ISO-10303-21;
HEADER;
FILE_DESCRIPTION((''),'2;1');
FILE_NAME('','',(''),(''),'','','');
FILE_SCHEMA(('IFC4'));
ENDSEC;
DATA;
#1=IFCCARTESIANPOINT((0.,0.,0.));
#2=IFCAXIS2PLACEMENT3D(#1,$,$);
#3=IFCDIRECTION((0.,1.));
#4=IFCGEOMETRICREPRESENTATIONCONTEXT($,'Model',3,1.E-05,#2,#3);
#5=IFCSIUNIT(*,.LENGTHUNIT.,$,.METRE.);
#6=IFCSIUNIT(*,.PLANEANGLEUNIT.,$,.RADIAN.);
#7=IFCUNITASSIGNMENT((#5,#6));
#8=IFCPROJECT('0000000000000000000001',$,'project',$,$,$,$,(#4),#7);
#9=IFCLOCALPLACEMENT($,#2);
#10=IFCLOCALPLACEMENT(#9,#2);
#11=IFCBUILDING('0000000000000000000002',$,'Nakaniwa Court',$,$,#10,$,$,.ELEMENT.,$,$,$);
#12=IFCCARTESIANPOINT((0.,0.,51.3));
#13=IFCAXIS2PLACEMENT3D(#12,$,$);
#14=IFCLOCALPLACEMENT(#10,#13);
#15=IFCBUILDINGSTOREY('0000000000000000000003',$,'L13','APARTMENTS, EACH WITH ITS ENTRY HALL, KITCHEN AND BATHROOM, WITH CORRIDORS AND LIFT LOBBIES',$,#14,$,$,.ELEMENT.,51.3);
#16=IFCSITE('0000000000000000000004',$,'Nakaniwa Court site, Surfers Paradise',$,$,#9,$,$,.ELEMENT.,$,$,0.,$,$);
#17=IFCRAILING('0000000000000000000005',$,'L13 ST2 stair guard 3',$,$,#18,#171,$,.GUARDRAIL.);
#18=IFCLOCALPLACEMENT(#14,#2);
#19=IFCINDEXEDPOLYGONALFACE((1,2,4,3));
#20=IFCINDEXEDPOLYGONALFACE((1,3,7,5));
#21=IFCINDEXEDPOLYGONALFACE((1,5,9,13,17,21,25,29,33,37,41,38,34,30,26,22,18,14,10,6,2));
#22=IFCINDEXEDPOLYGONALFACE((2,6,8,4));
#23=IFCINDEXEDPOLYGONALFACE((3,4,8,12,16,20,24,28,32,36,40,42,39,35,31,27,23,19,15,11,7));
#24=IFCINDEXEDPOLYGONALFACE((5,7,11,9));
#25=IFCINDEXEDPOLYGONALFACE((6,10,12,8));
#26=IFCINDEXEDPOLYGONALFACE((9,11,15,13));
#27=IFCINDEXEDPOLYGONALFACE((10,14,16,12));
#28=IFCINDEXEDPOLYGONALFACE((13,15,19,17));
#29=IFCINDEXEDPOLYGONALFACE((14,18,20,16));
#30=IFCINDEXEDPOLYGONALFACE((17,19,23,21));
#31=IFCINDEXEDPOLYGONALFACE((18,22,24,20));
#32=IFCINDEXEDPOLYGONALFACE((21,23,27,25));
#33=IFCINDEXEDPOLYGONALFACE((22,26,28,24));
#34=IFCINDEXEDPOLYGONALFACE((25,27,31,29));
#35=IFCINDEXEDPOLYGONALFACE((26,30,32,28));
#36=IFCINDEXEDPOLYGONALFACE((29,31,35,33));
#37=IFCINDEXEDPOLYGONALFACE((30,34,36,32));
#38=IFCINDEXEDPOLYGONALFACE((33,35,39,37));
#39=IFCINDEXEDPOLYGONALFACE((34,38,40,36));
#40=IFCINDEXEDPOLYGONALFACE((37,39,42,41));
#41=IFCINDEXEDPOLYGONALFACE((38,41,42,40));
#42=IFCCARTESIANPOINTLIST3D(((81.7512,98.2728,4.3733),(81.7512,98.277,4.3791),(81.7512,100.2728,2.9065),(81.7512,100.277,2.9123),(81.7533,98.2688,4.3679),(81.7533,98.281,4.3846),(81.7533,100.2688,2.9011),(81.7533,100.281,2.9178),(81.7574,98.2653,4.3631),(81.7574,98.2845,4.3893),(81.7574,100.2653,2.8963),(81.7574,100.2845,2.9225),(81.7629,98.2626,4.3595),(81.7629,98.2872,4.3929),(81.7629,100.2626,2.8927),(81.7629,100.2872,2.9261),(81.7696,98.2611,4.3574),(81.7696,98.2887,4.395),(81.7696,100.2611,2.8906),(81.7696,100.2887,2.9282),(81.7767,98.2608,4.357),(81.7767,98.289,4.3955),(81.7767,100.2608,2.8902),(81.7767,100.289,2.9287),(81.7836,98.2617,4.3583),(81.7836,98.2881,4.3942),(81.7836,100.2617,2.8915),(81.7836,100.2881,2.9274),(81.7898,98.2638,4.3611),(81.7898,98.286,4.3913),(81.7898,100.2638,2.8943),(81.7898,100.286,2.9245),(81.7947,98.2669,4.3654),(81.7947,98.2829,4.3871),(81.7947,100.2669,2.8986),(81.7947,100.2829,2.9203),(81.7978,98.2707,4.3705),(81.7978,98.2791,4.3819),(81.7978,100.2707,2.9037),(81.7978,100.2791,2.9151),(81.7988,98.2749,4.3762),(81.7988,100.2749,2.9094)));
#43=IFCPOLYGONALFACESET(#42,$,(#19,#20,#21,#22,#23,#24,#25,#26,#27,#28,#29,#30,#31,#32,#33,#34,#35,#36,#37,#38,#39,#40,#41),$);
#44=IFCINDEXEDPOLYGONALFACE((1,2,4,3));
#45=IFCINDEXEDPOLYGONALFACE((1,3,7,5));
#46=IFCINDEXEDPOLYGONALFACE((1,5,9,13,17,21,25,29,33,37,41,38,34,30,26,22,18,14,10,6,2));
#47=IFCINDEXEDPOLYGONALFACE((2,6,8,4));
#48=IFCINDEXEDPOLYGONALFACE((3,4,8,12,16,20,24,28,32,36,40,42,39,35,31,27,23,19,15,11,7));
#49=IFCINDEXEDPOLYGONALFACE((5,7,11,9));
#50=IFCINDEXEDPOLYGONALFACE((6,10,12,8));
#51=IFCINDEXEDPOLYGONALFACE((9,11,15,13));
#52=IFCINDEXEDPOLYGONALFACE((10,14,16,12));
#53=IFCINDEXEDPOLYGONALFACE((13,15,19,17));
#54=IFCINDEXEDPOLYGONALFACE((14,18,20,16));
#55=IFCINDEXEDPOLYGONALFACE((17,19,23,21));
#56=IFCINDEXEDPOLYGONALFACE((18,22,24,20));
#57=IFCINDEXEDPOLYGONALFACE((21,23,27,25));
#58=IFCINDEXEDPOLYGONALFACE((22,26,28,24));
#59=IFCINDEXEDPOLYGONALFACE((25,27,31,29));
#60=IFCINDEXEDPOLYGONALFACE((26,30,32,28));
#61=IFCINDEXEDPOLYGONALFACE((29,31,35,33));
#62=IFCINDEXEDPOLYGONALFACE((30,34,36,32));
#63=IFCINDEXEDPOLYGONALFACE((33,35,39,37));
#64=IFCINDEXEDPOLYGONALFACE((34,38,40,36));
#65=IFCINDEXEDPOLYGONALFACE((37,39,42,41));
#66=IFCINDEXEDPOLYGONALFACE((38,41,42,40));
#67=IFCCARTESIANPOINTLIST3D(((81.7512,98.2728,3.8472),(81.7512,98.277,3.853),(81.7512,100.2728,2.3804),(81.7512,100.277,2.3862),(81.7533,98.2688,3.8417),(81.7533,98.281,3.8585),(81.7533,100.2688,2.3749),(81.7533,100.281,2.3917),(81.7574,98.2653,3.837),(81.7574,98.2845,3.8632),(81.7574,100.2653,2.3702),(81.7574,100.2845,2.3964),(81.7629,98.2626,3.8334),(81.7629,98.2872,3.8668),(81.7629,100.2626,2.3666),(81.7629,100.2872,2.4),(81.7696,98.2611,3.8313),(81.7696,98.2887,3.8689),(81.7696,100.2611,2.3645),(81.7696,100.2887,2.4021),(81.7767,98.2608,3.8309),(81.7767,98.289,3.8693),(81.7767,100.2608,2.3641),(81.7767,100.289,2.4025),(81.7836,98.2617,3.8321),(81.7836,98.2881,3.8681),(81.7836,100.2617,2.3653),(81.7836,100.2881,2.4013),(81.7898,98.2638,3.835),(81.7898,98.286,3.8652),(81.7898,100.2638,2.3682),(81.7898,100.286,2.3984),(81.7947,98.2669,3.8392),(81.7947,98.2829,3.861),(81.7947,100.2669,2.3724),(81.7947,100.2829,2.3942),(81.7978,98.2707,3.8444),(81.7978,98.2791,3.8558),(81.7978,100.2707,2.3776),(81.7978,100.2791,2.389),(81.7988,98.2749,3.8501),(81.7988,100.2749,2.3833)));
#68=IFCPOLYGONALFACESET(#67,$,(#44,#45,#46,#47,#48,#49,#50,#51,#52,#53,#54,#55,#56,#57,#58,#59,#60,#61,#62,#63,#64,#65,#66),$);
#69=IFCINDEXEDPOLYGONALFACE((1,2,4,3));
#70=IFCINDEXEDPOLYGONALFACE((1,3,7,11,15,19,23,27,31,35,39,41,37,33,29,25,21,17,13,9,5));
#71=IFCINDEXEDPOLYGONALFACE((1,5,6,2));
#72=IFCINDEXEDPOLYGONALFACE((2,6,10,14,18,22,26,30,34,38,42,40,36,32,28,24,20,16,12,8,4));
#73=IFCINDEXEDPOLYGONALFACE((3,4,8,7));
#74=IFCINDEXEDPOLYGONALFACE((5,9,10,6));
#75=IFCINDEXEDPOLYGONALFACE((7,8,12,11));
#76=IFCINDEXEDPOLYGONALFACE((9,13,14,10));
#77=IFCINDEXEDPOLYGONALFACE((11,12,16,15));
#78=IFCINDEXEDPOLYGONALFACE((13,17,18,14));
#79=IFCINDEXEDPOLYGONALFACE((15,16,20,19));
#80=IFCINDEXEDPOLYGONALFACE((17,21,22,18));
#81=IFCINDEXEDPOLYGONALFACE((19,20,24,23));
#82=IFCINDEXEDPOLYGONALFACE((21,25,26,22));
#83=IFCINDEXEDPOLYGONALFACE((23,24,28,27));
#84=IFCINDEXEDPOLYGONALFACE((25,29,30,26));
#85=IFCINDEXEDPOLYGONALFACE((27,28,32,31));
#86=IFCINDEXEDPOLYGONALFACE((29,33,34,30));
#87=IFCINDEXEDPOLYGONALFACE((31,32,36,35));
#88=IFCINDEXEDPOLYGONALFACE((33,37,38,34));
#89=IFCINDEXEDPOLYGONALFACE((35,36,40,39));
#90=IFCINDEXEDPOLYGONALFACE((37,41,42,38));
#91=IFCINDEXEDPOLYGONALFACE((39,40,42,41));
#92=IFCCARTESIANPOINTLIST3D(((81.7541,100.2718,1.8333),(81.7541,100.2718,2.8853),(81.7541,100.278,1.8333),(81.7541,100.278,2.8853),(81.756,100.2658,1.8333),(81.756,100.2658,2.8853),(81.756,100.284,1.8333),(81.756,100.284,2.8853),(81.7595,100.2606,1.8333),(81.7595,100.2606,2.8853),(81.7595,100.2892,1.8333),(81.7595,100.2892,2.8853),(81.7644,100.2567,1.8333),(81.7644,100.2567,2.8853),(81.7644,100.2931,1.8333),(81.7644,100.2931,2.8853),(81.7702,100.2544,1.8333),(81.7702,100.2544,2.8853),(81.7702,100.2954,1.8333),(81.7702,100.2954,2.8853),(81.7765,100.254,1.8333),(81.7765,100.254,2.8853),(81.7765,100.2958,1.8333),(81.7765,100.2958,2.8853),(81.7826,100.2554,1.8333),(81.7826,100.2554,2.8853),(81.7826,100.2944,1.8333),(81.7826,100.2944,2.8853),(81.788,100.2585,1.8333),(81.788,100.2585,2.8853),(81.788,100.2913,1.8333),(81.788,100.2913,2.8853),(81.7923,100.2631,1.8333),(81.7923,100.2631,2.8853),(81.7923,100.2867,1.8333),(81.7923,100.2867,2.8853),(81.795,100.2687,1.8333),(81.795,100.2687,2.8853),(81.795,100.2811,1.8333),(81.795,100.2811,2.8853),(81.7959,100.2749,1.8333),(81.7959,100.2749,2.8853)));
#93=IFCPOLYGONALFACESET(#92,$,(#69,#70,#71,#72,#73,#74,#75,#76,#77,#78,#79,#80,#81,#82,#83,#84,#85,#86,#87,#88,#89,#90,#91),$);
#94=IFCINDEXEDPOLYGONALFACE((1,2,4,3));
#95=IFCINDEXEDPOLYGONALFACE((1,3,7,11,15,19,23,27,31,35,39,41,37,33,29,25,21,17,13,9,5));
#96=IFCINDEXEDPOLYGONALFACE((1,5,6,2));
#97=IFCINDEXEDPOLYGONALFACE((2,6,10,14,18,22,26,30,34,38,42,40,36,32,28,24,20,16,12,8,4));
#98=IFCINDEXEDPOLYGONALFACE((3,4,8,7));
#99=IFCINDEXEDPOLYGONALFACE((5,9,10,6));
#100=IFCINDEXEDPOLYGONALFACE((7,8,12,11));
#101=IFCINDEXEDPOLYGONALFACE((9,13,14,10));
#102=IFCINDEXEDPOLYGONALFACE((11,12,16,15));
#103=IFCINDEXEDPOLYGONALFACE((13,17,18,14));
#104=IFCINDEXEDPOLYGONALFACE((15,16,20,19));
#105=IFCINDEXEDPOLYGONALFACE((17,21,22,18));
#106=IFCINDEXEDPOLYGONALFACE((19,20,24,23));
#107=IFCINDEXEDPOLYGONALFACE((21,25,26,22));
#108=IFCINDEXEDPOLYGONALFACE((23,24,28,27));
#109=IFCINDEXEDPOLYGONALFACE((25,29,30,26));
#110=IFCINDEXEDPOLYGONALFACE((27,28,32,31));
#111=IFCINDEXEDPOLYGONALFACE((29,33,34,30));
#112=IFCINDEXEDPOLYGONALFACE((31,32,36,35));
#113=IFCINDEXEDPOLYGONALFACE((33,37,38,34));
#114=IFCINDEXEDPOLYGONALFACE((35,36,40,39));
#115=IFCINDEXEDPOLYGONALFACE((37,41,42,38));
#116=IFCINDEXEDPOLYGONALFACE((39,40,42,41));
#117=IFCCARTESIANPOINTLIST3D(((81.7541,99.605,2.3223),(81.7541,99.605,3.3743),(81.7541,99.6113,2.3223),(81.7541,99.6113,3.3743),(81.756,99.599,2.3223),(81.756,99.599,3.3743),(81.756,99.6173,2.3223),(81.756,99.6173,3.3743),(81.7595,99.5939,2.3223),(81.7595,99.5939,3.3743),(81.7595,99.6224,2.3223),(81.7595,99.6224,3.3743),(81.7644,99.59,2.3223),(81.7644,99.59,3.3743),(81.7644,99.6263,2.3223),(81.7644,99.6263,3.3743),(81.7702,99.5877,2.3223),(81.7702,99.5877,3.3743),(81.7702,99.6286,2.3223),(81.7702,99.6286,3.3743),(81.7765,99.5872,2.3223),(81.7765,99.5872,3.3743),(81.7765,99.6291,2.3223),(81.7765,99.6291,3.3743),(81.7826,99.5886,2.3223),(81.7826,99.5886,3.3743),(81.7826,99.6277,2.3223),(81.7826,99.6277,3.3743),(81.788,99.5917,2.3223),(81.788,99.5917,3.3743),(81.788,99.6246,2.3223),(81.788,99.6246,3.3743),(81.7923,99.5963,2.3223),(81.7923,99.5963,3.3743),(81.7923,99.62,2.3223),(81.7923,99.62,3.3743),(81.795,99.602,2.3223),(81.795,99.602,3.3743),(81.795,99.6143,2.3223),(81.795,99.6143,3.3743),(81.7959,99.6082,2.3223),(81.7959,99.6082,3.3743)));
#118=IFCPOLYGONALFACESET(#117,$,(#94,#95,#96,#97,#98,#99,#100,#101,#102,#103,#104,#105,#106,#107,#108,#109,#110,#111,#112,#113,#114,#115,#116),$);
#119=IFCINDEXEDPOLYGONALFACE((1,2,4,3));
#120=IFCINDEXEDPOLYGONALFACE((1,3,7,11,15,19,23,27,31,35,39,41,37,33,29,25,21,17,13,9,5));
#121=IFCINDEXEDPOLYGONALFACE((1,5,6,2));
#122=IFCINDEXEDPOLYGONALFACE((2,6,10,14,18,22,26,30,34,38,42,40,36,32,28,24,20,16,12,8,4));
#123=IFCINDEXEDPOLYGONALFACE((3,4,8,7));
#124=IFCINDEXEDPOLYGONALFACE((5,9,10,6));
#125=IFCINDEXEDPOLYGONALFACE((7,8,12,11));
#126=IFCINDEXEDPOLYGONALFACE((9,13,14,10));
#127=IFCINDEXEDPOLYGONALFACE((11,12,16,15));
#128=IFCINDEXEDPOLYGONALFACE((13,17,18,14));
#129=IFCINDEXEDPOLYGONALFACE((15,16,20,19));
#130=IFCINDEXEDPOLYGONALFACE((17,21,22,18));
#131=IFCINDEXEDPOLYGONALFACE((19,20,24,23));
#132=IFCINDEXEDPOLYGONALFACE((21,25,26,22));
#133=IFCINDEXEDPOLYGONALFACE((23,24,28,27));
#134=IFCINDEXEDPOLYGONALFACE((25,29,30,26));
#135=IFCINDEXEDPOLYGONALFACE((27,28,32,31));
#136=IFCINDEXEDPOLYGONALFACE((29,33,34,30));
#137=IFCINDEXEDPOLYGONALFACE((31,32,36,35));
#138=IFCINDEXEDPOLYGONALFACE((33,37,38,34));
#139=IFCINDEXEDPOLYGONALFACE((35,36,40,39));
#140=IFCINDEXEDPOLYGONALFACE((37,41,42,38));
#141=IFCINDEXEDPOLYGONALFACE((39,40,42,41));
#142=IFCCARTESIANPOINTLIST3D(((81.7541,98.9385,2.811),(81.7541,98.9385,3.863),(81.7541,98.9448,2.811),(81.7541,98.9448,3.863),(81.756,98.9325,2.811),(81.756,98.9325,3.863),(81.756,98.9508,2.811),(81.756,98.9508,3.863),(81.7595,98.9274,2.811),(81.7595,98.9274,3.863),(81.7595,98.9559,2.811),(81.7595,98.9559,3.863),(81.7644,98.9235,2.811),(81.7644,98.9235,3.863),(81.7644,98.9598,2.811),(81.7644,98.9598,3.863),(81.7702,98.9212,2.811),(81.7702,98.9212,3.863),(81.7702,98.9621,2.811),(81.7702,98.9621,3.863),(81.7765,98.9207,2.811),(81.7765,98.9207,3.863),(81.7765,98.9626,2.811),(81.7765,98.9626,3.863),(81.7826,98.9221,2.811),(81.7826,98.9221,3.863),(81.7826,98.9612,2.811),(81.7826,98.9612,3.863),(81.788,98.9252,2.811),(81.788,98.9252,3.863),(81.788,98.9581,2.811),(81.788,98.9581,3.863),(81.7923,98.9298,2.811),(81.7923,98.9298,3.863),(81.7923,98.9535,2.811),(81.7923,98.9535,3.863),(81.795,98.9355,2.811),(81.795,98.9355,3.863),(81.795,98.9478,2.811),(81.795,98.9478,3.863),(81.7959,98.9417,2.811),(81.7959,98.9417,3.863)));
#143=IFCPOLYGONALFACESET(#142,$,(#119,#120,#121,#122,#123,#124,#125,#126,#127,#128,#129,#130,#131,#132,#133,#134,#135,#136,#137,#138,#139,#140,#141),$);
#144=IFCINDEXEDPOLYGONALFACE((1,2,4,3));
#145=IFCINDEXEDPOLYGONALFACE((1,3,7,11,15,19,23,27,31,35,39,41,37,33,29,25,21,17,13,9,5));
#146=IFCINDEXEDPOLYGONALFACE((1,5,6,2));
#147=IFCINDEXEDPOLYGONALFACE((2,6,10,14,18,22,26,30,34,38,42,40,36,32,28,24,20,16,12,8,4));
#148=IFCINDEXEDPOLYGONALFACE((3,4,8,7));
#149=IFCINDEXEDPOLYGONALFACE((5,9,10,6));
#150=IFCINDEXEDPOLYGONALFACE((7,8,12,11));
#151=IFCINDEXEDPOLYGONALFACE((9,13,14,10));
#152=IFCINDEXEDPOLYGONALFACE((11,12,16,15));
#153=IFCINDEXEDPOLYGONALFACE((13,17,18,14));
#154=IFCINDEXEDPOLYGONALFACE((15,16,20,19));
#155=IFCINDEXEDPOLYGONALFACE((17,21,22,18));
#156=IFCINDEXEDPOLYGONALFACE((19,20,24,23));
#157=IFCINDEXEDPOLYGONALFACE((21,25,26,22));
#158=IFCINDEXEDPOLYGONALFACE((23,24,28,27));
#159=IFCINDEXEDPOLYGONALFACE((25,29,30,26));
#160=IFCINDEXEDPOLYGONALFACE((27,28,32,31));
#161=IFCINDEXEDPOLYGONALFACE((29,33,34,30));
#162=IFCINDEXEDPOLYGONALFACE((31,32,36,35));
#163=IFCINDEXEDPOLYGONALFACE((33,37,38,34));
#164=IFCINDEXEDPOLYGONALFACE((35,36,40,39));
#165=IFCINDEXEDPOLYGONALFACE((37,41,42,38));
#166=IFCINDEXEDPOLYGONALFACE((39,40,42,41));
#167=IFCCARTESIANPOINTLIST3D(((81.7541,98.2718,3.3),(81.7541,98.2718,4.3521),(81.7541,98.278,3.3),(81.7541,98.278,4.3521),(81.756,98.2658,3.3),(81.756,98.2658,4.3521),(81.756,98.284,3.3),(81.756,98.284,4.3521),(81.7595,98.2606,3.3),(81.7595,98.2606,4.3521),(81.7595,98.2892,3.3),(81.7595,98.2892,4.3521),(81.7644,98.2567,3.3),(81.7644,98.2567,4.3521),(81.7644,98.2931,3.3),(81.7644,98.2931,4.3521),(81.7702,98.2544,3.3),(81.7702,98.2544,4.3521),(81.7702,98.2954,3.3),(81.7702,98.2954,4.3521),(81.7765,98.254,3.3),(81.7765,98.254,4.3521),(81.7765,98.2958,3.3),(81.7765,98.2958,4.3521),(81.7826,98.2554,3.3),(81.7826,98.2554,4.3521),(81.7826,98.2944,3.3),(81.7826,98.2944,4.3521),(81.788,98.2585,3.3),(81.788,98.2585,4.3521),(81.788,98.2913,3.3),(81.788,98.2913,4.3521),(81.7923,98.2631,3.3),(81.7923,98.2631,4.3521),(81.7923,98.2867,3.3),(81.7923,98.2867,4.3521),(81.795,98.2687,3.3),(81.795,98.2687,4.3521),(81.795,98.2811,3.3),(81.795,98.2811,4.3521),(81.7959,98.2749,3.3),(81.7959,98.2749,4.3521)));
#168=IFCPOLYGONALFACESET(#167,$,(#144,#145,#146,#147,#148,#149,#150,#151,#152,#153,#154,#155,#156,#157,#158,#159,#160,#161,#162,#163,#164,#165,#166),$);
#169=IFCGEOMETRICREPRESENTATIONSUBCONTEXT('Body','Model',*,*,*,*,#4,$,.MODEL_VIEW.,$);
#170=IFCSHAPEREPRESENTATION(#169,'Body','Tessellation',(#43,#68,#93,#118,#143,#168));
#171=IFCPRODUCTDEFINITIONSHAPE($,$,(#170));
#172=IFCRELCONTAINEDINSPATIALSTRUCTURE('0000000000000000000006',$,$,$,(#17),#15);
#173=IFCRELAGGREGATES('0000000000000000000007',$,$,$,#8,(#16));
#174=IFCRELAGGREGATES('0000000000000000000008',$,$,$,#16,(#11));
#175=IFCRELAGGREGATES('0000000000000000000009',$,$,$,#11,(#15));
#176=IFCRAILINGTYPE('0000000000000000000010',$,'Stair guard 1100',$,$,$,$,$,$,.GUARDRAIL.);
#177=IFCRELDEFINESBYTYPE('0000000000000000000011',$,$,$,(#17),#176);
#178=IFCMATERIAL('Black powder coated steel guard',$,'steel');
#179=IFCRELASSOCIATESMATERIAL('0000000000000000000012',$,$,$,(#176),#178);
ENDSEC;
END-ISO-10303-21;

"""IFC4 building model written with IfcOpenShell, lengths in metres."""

from ifc_helpers import new_model, si_unit, direction, frame, origin, origin_2d, place, context, subcontext, project, spatial, circle, extrude, material, type_object, element, save


model = new_model("IFC4")

# Units and contexts
model_context = context("Model", 3, precision=1e-05, world=origin(), true_north=direction((0.0, 1.0)))
body_context = subcontext(model_context, "Body", "Model", "MODEL_VIEW")
ifc_project = project(units=[si_unit("LENGTHUNIT", "METRE"), si_unit("PLANEANGLEUNIT", "RADIAN")], contexts=[model_context])

# Site, building, storey
site_placement = place(None, origin())
site = spatial("IfcSite", under=ifc_project, at=site_placement, Name="Nakaniwa Court site, Surfers Paradise", CompositionType="ELEMENT", RefElevation=0.0)
building_placement = place(site_placement, origin())
building = spatial("IfcBuilding", under=site, at=building_placement, Name="Nakaniwa Court", CompositionType="ELEMENT")
storey_placement = place(building_placement, frame((0.0, 0.0, 51.3)))
storey = spatial("IfcBuildingStorey", under=building, at=storey_placement, Name="L13", Description="APARTMENTS, EACH WITH ITS ENTRY HALL, KITCHEN AND BATHROOM, WITH CORRIDORS AND LIFT LOBBIES", CompositionType="ELEMENT", Elevation=51.3)

# Railing
ifc_material_1 = material(Name="Black powder coated steel guard", Category="steel")
railing_type_1 = type_object("IfcRailingType", Name="Stair guard 1100", PredefinedType="GUARDRAIL", material=ifc_material_1)
railing_1_placement = place(storey_placement, frame((81.7749, 100.2749, 1.8333)))
element("IfcRailing", 1, at=railing_1_placement, inside=storey, type_object=railing_type_1, Name="L13 ST2 stair guard 3", PredefinedType="GUARDRAIL", context=body_context, shape_type="SweptSolid", body=[
    extrude(circle(Radius=0.0239, at=origin_2d()), frame((0.0, 0.0, 1.0762), z_axis=(0.0, -0.80638, 0.591398), x_axis=(1.0, 0.0, 0.0)), (0.0, 0.0, 1.0), 2.4802),
    extrude(circle(Radius=0.0239, at=origin_2d()), frame((0.0, 0.0, 0.55), z_axis=(0.0, -0.80638, 0.591398), x_axis=(1.0, 0.0, 0.0)), (0.0, 0.0, 1.0), 2.4802),
    extrude(circle(Radius=0.021, at=origin_2d()), origin(), (0.0, 0.0, 1.0), 1.052),
    extrude(circle(Radius=0.021, at=origin_2d()), frame((0.0, -0.6667, 0.489)), (0.0, 0.0, 1.0), 1.052),
    extrude(circle(Radius=0.021, at=origin_2d()), frame((0.0, -1.3333, 0.9778)), (0.0, 0.0, 1.0), 1.052),
    extrude(circle(Radius=0.021, at=origin_2d()), frame((0.0, -2.0, 1.4668)), (0.0, 0.0, 1.0), 1.052),
])

save(model, "model.ifc")
